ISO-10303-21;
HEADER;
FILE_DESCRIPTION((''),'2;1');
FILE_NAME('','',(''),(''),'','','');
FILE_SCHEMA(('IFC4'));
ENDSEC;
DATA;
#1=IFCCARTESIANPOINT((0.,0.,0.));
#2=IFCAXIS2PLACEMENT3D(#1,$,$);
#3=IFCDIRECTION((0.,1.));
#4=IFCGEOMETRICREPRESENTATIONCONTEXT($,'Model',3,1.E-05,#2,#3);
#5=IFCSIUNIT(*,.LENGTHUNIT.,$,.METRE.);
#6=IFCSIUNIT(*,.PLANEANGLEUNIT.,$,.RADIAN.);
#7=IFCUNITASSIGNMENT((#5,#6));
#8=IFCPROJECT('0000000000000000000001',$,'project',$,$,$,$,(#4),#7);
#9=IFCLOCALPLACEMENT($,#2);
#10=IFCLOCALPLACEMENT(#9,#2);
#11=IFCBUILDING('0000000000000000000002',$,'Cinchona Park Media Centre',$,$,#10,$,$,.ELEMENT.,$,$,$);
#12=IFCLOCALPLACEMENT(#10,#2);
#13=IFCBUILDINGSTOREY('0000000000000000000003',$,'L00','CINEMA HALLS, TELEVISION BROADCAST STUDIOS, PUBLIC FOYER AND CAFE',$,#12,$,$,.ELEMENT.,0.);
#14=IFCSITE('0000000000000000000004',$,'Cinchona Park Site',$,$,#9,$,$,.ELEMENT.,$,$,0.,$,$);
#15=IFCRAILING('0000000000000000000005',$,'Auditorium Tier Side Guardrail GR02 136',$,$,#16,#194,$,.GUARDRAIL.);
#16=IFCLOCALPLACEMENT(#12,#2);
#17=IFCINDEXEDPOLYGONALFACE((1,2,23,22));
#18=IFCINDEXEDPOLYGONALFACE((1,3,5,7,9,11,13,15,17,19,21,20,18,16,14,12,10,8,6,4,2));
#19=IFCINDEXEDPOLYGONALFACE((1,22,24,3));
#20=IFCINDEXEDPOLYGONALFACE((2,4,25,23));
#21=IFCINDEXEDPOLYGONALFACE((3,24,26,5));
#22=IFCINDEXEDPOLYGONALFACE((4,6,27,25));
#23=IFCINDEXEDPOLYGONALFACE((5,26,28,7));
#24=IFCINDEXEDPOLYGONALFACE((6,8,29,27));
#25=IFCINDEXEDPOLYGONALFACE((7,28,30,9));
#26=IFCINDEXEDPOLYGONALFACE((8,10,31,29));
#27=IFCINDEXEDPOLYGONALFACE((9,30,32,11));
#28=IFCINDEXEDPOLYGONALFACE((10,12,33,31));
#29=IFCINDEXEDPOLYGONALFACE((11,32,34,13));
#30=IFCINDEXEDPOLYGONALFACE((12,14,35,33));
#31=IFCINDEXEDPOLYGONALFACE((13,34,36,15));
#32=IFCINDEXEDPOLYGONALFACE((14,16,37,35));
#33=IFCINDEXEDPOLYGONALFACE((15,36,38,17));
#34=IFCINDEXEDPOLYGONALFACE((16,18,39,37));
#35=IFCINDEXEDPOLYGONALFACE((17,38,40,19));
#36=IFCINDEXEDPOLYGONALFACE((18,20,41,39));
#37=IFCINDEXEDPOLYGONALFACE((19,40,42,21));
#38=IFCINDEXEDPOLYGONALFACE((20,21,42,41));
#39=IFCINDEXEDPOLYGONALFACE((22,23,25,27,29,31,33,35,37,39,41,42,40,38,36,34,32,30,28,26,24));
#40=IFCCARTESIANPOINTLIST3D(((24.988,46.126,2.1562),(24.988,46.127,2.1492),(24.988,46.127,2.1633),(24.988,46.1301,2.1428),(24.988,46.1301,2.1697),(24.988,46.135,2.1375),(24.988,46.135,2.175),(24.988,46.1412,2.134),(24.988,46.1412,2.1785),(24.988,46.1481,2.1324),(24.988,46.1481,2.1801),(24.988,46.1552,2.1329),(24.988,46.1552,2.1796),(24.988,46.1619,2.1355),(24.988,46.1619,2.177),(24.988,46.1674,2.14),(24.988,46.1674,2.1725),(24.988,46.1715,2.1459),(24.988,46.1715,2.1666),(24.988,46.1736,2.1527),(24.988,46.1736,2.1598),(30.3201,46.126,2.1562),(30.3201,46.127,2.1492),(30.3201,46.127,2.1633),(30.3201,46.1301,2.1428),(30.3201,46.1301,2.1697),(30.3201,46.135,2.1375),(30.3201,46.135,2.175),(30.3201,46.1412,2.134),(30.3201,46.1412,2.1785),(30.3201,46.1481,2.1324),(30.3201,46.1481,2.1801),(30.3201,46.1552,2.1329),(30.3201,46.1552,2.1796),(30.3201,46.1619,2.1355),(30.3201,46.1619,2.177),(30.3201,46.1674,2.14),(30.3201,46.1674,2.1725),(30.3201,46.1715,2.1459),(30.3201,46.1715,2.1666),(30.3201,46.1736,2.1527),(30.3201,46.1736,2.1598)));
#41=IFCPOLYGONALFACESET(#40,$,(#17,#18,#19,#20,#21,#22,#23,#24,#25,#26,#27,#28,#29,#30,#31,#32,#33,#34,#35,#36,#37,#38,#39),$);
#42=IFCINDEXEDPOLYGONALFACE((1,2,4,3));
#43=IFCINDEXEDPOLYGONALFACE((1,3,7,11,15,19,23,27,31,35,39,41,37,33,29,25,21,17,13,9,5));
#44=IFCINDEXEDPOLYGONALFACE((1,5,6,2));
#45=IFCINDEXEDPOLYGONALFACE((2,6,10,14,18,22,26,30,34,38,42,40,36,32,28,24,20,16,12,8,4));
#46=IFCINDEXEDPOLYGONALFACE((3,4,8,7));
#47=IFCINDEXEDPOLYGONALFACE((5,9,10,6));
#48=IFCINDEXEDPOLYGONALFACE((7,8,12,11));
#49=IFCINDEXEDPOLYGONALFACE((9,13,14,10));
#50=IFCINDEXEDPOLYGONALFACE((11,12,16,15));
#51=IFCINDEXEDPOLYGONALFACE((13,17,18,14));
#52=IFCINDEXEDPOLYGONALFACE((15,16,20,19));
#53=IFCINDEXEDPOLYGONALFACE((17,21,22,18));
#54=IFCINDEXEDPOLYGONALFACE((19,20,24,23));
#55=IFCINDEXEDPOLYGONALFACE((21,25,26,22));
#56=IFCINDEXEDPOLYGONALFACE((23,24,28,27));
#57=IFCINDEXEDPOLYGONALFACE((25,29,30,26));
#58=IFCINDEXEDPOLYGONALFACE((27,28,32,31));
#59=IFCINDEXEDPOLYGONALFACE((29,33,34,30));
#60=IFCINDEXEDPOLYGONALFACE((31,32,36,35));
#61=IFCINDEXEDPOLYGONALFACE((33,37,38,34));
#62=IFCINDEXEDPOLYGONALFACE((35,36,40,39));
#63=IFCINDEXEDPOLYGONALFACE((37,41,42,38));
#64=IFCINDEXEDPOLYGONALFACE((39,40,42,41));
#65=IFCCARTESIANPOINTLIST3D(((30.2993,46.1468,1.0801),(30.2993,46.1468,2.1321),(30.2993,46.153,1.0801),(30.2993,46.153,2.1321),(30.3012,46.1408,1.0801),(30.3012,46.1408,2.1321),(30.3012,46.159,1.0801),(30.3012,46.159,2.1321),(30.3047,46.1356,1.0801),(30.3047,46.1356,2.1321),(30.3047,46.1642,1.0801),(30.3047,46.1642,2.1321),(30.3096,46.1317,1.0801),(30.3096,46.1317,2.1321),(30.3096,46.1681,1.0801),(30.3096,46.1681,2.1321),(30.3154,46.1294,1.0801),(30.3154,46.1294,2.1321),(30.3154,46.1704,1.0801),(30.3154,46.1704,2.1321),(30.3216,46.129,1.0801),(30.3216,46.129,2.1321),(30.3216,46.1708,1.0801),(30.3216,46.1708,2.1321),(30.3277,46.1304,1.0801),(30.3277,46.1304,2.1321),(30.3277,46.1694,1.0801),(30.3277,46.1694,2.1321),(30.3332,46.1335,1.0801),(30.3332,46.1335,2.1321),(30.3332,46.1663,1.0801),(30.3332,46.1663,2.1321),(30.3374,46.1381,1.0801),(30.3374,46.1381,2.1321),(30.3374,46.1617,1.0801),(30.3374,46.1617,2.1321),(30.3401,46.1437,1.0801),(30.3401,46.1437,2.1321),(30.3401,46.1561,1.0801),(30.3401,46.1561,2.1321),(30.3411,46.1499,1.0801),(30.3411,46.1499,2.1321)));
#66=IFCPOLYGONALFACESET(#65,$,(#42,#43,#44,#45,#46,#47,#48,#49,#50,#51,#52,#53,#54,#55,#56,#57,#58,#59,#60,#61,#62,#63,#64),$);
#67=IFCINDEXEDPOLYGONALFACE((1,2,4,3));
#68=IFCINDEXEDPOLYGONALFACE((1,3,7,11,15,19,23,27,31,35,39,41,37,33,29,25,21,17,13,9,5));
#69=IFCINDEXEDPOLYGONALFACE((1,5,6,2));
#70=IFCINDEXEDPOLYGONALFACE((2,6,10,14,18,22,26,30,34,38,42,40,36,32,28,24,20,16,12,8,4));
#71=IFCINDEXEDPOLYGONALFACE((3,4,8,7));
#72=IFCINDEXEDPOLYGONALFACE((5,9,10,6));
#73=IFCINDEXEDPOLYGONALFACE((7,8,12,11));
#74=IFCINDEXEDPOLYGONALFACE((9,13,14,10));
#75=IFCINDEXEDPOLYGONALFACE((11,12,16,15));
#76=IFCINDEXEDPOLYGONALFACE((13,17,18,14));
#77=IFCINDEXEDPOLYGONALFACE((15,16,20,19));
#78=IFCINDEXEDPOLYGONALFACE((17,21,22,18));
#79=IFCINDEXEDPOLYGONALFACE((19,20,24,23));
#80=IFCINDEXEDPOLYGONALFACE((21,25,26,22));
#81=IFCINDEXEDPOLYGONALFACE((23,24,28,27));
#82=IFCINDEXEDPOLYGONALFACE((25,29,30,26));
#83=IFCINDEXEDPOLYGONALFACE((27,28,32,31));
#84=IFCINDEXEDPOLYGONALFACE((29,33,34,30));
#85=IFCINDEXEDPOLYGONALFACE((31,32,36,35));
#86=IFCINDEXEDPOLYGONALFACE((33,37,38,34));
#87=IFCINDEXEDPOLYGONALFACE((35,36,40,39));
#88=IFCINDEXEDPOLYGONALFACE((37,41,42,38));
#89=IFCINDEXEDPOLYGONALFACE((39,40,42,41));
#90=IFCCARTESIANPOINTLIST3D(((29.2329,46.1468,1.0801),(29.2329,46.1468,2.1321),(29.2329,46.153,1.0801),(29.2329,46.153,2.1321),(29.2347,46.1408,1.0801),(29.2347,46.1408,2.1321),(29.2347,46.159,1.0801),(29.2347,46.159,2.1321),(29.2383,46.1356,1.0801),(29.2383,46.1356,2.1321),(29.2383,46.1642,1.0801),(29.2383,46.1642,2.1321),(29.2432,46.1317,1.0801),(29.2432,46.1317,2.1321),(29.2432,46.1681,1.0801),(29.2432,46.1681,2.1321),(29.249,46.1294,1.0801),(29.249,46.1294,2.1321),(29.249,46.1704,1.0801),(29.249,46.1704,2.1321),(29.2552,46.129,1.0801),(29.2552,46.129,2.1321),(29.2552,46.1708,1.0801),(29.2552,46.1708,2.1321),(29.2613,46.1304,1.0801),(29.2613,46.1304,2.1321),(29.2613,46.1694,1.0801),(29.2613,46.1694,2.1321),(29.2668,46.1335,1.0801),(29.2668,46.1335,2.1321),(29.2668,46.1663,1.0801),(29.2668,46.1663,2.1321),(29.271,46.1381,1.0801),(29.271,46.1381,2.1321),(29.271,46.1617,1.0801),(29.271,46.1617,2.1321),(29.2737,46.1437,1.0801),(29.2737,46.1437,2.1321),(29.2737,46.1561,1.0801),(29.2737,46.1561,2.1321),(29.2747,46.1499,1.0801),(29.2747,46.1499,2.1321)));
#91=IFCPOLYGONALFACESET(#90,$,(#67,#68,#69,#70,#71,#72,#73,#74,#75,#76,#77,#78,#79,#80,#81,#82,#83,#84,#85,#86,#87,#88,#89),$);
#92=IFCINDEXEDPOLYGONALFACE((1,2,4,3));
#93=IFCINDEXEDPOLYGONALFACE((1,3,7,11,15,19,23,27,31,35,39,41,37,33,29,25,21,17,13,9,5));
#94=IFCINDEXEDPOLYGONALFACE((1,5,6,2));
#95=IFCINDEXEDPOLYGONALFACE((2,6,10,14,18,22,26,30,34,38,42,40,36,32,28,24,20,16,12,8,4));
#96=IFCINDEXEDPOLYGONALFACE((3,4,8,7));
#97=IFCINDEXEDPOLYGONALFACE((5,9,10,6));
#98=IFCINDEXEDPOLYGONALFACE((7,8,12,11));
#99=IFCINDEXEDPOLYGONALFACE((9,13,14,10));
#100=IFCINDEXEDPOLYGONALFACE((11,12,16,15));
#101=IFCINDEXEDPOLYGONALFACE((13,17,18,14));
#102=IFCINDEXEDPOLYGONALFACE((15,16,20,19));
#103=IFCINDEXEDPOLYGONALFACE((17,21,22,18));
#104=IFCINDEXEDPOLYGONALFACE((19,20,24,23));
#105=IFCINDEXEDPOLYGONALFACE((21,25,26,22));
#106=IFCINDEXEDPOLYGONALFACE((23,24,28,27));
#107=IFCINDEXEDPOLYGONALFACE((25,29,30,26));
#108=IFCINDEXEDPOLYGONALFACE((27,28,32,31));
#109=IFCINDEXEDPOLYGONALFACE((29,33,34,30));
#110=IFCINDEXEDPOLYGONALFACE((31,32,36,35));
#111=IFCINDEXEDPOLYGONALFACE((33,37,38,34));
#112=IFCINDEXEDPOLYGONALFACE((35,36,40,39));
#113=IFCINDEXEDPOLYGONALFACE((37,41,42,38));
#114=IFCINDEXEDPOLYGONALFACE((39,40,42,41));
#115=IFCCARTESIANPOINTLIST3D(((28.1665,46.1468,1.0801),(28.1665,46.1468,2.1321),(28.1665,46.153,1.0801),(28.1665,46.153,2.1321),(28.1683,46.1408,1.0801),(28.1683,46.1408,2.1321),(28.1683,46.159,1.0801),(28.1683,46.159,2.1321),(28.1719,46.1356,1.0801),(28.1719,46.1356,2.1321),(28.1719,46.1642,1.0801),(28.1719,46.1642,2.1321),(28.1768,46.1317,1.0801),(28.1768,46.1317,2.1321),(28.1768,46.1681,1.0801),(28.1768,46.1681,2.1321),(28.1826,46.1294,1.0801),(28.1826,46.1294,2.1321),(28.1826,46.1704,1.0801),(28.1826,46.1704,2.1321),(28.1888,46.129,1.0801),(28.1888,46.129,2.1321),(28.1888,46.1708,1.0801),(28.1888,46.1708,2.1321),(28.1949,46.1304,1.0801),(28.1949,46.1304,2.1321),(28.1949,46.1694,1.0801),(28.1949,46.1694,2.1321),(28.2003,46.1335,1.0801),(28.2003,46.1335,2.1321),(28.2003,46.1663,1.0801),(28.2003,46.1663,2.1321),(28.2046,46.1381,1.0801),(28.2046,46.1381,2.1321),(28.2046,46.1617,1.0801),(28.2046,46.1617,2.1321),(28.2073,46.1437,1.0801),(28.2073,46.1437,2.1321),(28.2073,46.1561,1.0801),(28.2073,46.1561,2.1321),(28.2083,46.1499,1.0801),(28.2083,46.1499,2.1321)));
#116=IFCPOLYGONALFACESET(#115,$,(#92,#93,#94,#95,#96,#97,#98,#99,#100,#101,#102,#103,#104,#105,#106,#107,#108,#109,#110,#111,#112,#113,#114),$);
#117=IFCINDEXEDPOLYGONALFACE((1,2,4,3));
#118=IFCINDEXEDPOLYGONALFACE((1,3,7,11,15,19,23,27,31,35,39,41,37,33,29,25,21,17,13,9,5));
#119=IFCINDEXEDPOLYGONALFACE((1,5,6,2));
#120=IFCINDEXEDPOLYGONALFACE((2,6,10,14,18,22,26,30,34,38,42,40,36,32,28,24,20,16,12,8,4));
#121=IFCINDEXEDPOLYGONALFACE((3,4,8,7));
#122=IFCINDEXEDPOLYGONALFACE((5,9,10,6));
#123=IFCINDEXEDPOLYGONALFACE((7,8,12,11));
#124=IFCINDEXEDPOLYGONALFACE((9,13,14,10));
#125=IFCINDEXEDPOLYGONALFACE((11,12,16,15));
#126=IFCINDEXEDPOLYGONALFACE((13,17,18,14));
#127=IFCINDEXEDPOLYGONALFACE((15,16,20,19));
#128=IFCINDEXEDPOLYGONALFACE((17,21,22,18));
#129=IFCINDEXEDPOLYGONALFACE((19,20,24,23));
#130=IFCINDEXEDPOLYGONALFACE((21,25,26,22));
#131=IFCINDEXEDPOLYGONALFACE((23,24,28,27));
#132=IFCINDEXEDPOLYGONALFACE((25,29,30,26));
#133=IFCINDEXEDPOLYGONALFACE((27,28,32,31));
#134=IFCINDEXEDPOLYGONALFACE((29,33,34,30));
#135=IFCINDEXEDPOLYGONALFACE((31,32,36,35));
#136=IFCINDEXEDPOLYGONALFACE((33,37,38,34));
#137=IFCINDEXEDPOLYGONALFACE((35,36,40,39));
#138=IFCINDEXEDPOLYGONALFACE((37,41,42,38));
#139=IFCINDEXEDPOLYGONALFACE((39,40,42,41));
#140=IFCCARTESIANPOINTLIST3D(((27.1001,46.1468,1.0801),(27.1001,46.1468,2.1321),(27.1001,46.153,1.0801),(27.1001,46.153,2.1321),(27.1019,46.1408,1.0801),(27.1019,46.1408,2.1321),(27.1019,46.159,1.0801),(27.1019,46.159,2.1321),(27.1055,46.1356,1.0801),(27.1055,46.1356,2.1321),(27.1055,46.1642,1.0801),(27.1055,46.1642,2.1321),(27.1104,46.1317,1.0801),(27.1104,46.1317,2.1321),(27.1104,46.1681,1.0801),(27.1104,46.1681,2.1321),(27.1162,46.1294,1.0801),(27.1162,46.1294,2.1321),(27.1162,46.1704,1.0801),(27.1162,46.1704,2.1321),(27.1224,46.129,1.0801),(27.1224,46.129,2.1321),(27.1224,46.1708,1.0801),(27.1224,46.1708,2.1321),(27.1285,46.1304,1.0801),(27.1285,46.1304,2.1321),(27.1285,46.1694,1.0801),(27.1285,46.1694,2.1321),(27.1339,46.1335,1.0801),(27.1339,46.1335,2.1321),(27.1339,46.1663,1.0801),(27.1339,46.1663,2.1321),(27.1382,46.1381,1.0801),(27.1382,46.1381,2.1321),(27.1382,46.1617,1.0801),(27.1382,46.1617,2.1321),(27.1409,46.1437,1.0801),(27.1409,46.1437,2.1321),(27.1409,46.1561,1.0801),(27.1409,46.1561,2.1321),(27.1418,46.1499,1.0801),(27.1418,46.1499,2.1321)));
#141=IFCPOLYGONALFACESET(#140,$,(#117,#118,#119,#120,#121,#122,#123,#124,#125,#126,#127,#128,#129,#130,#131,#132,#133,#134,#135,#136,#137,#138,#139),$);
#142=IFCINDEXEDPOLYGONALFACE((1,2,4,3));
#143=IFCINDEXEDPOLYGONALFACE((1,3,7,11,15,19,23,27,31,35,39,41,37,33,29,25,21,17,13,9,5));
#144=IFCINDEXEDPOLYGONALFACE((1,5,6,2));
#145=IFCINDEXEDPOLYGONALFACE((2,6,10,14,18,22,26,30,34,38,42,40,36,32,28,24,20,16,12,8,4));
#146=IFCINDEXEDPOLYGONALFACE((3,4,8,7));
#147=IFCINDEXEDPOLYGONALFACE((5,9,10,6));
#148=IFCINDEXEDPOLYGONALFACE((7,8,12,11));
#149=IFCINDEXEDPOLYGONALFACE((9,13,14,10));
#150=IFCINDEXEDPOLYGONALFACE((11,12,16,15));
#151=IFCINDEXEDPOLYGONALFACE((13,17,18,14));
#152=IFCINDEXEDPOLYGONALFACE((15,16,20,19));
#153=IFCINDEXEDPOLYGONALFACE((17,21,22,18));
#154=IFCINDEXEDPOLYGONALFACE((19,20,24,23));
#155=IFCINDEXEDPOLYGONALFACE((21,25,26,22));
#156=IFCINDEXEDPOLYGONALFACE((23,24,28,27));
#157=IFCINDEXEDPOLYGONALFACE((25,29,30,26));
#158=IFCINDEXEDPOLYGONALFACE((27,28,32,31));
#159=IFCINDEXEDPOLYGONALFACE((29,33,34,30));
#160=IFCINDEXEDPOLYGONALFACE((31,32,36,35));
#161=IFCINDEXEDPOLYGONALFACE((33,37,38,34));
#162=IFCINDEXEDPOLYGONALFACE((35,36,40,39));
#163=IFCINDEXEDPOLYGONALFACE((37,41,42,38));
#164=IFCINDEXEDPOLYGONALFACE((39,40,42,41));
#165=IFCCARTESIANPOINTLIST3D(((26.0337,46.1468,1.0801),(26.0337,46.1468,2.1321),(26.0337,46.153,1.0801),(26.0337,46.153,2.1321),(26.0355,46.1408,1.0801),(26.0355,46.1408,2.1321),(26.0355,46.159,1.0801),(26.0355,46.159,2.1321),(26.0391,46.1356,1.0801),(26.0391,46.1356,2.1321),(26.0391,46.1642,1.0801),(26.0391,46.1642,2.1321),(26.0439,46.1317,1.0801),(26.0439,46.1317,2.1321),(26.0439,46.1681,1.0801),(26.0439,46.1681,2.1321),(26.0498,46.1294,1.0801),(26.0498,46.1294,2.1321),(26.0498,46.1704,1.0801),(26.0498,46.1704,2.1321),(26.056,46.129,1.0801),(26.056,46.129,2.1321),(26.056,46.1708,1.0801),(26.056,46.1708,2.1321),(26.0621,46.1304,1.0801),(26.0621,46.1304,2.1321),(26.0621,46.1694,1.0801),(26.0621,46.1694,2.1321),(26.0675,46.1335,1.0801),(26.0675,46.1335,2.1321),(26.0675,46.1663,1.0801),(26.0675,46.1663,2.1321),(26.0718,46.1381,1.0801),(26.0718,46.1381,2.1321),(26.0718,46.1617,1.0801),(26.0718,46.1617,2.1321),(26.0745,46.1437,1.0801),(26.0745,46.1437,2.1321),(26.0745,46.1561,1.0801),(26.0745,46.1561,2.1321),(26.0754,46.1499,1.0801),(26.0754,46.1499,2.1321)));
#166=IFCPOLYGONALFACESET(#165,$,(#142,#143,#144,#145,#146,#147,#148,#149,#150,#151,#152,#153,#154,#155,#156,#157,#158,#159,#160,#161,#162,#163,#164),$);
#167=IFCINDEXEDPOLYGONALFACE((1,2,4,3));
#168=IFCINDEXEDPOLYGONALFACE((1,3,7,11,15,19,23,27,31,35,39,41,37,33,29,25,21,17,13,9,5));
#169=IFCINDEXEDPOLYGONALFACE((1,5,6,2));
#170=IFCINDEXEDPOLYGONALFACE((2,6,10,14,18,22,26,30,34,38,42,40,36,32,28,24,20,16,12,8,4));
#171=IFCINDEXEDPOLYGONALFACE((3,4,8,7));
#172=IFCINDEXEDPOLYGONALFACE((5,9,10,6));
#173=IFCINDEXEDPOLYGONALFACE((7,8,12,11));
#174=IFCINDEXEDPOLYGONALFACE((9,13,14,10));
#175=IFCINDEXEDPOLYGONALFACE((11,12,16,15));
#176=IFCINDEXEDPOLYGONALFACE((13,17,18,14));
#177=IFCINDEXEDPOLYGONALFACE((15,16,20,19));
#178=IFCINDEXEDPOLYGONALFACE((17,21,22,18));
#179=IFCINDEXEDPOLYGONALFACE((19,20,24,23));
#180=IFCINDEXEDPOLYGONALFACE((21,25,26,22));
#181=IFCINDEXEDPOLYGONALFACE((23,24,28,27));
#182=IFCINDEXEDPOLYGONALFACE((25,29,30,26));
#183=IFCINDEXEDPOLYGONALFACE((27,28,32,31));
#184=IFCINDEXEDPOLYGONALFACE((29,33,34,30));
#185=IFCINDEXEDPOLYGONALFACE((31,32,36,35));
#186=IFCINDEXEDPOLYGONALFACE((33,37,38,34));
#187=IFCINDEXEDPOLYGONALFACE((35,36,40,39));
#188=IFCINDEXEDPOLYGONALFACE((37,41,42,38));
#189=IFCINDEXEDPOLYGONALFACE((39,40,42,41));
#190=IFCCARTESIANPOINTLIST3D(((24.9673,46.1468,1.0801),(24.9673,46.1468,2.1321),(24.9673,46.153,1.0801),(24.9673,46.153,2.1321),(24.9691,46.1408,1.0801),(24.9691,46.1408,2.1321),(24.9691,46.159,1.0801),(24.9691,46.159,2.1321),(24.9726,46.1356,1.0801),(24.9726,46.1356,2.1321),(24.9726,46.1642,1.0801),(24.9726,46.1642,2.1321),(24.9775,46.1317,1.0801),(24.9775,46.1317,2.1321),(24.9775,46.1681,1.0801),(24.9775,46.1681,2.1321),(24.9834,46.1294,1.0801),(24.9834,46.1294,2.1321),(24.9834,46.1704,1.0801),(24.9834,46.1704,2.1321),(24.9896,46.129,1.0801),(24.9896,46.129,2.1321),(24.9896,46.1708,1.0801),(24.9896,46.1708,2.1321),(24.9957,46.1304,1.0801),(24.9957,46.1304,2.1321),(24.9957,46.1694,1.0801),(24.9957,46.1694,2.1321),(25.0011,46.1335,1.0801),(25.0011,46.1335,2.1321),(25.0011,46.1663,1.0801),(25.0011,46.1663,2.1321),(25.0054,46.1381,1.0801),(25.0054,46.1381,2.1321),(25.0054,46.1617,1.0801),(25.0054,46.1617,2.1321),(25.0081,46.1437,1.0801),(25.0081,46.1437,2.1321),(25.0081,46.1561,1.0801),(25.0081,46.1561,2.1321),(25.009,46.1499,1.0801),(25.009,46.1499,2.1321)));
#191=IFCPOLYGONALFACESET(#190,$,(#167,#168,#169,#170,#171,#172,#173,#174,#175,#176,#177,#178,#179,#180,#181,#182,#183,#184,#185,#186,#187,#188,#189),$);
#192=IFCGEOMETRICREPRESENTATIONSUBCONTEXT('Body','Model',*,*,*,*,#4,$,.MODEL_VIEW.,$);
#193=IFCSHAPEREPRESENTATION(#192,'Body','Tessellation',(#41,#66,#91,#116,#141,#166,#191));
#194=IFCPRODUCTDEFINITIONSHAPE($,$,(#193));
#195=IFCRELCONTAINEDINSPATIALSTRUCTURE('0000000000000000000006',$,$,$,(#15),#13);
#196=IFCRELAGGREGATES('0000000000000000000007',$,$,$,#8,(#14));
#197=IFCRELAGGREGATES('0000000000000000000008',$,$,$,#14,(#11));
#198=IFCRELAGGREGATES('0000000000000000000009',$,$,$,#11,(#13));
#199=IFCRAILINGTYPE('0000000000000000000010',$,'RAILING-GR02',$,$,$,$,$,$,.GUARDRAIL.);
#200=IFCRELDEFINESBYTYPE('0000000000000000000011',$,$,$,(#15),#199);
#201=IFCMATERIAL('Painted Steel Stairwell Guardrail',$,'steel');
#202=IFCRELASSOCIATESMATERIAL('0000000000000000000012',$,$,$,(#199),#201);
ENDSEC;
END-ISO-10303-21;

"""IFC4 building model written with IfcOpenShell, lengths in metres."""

from ifc_helpers import new_model, si_unit, direction, frame, origin, origin_2d, place, context, subcontext, project, spatial, circle, extrude, material, type_object, element, save


model = new_model("IFC4")

# Units and contexts
model_context = context("Model", 3, precision=1e-05, world=origin(), true_north=direction((0.0, 1.0)))
body_context = subcontext(model_context, "Body", "Model", "MODEL_VIEW")
ifc_project = project(units=[si_unit("LENGTHUNIT", "METRE"), si_unit("PLANEANGLEUNIT", "RADIAN")], contexts=[model_context])

# Site, building, storey
site_placement = place(None, origin())
site = spatial("IfcSite", under=ifc_project, at=site_placement, Name="Cinchona Park Site", CompositionType="ELEMENT", RefElevation=0.0)
building_placement = place(site_placement, origin())
building = spatial("IfcBuilding", under=site, at=building_placement, Name="Cinchona Park Media Centre", CompositionType="ELEMENT")
storey_placement = place(building_placement, origin())
storey = spatial("IfcBuildingStorey", under=building, at=storey_placement, Name="L00", Description="CINEMA HALLS, TELEVISION BROADCAST STUDIOS, PUBLIC FOYER AND CAFE", CompositionType="ELEMENT", Elevation=0.0)

# Railing
ifc_material_1 = material(Name="Painted Steel Stairwell Guardrail", Category="steel")
railing_type_1 = type_object("IfcRailingType", Name="RAILING-GR02", PredefinedType="GUARDRAIL", material=ifc_material_1)
railing_1_placement = place(storey_placement, frame((30.3201, 46.1499, 1.0801)))
element("IfcRailing", 1, at=railing_1_placement, inside=storey, type_object=railing_type_1, Name="Auditorium Tier Side Guardrail GR02 136", PredefinedType="GUARDRAIL", context=body_context, shape_type="SweptSolid", body=[
    extrude(circle(Radius=0.0239, at=origin_2d()), frame((0.0, 0.0, 1.0762), z_axis=(-1.0, 0.0, 0.0), x_axis=(0.0, -1.0, 0.0)), (0.0, 0.0, 1.0), 5.332),
    extrude(circle(Radius=0.021, at=origin_2d()), origin(), (0.0, 0.0, 1.0), 1.052),
    extrude(circle(Radius=0.021, at=origin_2d()), frame((-1.0664, 0.0, 0.0)), (0.0, 0.0, 1.0), 1.052),
    extrude(circle(Radius=0.021, at=origin_2d()), frame((-2.1328, 0.0, 0.0)), (0.0, 0.0, 1.0), 1.052),
    extrude(circle(Radius=0.021, at=origin_2d()), frame((-3.1992, 0.0, 0.0)), (0.0, 0.0, 1.0), 1.052),
    extrude(circle(Radius=0.021, at=origin_2d()), frame((-4.2656, 0.0, 0.0)), (0.0, 0.0, 1.0), 1.052),
    extrude(circle(Radius=0.021, at=origin_2d()), frame((-5.332, 0.0, 0.0)), (0.0, 0.0, 1.0), 1.052),
])

save(model, "model.ifc")
